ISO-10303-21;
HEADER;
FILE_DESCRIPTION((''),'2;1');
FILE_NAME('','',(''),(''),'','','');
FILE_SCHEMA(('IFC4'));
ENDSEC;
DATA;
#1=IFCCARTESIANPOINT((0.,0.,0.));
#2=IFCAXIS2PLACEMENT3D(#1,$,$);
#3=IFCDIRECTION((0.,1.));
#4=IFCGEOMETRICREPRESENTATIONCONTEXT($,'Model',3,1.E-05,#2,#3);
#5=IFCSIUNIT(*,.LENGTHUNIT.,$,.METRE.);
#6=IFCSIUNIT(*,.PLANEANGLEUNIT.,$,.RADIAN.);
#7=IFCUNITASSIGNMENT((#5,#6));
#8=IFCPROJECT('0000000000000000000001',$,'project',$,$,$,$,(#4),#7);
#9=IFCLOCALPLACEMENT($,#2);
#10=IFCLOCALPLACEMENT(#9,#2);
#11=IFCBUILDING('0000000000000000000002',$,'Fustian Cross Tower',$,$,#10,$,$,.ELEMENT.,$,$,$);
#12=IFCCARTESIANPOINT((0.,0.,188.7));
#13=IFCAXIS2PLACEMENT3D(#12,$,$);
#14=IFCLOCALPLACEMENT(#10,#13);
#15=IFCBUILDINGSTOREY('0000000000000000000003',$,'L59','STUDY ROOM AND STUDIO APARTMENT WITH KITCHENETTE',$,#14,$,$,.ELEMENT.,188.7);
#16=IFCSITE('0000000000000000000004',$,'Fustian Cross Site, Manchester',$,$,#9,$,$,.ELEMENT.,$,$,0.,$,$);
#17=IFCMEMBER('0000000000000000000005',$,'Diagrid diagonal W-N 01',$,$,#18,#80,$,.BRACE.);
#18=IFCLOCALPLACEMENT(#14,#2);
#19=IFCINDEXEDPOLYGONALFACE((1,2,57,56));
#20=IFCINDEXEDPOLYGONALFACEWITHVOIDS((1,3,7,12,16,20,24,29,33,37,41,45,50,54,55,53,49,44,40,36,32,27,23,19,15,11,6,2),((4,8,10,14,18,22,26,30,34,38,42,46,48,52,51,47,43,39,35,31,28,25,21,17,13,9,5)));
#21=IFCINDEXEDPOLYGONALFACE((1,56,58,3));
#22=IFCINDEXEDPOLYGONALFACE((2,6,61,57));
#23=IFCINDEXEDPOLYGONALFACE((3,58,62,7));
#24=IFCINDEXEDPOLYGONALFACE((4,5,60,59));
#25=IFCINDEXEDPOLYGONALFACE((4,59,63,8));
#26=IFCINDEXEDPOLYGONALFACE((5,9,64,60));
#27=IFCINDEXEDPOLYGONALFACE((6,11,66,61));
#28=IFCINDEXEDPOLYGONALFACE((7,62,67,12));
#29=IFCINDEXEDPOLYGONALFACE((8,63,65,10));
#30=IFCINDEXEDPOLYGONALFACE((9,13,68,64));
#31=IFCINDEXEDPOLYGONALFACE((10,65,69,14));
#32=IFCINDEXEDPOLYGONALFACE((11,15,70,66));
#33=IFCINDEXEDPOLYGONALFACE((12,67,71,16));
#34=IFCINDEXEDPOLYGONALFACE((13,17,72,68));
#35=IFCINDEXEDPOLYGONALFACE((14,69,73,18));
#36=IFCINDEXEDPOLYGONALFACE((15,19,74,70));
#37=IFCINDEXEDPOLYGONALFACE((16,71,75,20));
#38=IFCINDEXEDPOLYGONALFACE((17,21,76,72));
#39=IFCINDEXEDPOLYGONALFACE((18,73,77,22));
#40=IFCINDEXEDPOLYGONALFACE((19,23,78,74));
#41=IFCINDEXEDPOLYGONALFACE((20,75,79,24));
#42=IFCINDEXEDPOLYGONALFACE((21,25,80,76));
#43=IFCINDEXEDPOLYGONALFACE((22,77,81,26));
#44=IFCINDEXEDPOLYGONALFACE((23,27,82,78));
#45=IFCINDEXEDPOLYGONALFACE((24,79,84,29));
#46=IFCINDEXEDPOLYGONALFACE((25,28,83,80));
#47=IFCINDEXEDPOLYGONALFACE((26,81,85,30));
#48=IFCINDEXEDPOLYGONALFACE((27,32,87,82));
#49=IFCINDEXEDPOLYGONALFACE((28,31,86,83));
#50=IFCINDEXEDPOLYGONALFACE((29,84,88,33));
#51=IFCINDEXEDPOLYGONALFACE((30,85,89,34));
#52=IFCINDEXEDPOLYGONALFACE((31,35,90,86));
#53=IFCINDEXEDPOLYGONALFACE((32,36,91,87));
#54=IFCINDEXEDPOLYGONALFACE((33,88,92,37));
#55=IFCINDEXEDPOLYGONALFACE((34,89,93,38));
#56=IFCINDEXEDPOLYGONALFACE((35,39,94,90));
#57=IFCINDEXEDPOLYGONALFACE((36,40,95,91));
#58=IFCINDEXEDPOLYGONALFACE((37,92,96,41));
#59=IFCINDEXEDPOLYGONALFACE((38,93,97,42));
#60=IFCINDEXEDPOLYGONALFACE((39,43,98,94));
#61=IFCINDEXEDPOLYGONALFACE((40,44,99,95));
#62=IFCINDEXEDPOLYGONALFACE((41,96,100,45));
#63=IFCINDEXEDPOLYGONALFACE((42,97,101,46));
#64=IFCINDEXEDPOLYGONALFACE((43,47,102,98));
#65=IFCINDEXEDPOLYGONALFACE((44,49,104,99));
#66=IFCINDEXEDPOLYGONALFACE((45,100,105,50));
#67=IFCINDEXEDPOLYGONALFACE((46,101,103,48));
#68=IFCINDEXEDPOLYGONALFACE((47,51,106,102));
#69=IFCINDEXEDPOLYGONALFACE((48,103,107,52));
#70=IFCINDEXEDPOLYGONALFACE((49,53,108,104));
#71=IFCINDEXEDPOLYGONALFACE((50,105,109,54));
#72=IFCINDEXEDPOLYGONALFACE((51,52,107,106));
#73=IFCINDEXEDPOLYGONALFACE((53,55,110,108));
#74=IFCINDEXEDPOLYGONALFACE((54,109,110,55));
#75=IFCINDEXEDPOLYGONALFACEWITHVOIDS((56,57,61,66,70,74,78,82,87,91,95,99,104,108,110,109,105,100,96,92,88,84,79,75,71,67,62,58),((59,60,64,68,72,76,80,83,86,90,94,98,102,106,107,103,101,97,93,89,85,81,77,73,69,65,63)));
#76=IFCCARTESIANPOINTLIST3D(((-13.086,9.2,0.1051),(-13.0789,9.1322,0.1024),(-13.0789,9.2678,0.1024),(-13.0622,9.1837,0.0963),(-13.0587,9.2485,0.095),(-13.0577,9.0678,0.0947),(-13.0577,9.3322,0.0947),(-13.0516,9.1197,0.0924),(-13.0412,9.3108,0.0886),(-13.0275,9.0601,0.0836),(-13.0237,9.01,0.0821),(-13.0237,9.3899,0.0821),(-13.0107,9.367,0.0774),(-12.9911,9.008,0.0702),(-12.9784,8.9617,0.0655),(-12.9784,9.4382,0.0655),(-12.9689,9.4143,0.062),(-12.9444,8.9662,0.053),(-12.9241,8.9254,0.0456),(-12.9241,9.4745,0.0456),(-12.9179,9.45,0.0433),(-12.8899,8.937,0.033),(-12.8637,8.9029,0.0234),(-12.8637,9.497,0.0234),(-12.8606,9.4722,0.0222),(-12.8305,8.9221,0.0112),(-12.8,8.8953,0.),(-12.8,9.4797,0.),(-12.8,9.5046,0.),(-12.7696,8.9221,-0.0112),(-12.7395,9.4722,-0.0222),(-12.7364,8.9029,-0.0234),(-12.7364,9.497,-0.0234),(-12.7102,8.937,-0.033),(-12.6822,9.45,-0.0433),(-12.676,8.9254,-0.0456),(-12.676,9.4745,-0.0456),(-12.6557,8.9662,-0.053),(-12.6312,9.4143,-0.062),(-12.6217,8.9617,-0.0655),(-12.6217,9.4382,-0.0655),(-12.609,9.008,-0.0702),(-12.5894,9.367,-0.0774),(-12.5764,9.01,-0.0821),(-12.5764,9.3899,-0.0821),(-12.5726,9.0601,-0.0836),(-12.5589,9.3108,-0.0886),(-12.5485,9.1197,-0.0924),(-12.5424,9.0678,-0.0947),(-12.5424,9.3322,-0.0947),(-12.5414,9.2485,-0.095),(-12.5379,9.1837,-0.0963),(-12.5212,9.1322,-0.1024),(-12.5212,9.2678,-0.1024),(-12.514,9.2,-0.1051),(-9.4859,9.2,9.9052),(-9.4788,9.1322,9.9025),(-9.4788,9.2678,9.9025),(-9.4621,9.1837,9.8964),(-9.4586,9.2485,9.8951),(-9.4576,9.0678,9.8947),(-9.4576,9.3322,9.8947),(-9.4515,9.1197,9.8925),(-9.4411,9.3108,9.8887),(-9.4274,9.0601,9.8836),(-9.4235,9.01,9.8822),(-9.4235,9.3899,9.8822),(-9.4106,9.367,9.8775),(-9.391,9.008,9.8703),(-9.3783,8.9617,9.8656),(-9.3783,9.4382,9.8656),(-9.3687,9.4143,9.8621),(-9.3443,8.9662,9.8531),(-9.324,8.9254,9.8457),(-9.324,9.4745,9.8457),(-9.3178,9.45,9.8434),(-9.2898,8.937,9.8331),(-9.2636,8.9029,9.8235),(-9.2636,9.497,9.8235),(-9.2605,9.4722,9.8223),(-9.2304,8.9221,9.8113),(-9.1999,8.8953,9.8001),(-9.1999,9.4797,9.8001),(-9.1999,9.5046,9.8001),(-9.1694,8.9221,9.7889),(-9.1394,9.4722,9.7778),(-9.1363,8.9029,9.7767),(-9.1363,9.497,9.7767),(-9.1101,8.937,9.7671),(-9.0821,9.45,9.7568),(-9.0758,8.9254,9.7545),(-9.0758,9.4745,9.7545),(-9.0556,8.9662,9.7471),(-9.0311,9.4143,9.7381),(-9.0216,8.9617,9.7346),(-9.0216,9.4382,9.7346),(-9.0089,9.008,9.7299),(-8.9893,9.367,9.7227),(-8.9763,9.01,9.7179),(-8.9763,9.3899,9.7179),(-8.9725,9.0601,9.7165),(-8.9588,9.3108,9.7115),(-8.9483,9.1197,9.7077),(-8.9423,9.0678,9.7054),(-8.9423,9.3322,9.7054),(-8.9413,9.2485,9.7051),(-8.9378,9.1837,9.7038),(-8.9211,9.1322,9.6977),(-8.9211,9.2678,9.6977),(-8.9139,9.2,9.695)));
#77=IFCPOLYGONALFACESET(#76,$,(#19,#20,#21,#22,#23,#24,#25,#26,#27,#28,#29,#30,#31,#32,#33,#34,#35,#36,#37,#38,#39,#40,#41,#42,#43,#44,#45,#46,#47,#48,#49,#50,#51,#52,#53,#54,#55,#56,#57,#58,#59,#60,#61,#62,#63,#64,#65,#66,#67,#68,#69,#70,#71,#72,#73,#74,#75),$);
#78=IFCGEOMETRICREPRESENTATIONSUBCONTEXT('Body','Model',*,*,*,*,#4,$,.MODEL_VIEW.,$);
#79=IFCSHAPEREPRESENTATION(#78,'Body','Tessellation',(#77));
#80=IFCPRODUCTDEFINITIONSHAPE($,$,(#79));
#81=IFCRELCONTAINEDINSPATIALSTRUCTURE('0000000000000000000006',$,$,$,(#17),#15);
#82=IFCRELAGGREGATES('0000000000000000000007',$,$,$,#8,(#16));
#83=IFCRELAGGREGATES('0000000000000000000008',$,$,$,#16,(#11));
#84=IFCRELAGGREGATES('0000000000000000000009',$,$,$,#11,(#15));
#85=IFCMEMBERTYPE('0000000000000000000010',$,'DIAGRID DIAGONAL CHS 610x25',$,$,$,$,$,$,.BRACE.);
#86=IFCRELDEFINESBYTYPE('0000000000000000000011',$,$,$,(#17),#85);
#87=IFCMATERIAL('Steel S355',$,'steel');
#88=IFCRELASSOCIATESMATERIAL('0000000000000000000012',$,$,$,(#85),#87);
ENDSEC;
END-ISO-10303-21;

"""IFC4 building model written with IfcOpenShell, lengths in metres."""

from ifc_helpers import new_model, si_unit, direction, frame, origin, origin_2d, place, context, subcontext, project, spatial, hollow_circle, extrude, material, material_profile, profile_set, type_object, element, save


model = new_model("IFC4")

# Units and contexts
model_context = context("Model", 3, precision=1e-05, world=origin(), true_north=direction((0.0, 1.0)))
body_context = subcontext(model_context, "Body", "Model", "MODEL_VIEW")
ifc_project = project(units=[si_unit("LENGTHUNIT", "METRE"), si_unit("PLANEANGLEUNIT", "RADIAN")], contexts=[model_context])

# Site, building, storey
site_placement = place(None, origin())
site = spatial("IfcSite", under=ifc_project, at=site_placement, Name="Fustian Cross Site, Manchester", CompositionType="ELEMENT", RefElevation=0.0)
building_placement = place(site_placement, origin())
building = spatial("IfcBuilding", under=site, at=building_placement, Name="Fustian Cross Tower", CompositionType="ELEMENT")
storey_placement = place(building_placement, frame((0.0, 0.0, 188.7)))
storey = spatial("IfcBuildingStorey", under=building, at=storey_placement, Name="L59", Description="STUDY ROOM AND STUDIO APARTMENT WITH KITCHENETTE", CompositionType="ELEMENT", Elevation=188.7)

# Member
ifc_material_1 = material(Name="Steel S355", Category="steel")
ifc_material_profile_1 = material_profile(ifc_material_1, hollow_circle(Radius=0.3047, WallThickness=0.0249, at=origin_2d()), Name="CHS 610x25")
ifc_profile_set_1 = profile_set([ifc_material_profile_1], Name="Steel S355")
member_type_1 = type_object("IfcMemberType", Name="DIAGRID DIAGONAL CHS 610x25", PredefinedType="BRACE", material=ifc_profile_set_1)
for number, where, z_axis, x_axis, name in (
    (1, (-12.8, 9.2, 0.0), (0.344824, 0.0, 0.938667), (0.0, 1.0, 0.0), "Diagrid diagonal W-N 01"),
):
    element("IfcMember", number, at=place(storey_placement, frame(where, z_axis=z_axis, x_axis=x_axis)), inside=storey, type_object=member_type_1, Name=name, PredefinedType="BRACE", context=body_context, shape_type="SweptSolid", body=[
        extrude(hollow_circle(Radius=0.3047, WallThickness=0.0249, at=origin_2d()), origin(), (0.0, 0.0, 1.0), 10.4404),
    ])

save(model, "model.ifc")
